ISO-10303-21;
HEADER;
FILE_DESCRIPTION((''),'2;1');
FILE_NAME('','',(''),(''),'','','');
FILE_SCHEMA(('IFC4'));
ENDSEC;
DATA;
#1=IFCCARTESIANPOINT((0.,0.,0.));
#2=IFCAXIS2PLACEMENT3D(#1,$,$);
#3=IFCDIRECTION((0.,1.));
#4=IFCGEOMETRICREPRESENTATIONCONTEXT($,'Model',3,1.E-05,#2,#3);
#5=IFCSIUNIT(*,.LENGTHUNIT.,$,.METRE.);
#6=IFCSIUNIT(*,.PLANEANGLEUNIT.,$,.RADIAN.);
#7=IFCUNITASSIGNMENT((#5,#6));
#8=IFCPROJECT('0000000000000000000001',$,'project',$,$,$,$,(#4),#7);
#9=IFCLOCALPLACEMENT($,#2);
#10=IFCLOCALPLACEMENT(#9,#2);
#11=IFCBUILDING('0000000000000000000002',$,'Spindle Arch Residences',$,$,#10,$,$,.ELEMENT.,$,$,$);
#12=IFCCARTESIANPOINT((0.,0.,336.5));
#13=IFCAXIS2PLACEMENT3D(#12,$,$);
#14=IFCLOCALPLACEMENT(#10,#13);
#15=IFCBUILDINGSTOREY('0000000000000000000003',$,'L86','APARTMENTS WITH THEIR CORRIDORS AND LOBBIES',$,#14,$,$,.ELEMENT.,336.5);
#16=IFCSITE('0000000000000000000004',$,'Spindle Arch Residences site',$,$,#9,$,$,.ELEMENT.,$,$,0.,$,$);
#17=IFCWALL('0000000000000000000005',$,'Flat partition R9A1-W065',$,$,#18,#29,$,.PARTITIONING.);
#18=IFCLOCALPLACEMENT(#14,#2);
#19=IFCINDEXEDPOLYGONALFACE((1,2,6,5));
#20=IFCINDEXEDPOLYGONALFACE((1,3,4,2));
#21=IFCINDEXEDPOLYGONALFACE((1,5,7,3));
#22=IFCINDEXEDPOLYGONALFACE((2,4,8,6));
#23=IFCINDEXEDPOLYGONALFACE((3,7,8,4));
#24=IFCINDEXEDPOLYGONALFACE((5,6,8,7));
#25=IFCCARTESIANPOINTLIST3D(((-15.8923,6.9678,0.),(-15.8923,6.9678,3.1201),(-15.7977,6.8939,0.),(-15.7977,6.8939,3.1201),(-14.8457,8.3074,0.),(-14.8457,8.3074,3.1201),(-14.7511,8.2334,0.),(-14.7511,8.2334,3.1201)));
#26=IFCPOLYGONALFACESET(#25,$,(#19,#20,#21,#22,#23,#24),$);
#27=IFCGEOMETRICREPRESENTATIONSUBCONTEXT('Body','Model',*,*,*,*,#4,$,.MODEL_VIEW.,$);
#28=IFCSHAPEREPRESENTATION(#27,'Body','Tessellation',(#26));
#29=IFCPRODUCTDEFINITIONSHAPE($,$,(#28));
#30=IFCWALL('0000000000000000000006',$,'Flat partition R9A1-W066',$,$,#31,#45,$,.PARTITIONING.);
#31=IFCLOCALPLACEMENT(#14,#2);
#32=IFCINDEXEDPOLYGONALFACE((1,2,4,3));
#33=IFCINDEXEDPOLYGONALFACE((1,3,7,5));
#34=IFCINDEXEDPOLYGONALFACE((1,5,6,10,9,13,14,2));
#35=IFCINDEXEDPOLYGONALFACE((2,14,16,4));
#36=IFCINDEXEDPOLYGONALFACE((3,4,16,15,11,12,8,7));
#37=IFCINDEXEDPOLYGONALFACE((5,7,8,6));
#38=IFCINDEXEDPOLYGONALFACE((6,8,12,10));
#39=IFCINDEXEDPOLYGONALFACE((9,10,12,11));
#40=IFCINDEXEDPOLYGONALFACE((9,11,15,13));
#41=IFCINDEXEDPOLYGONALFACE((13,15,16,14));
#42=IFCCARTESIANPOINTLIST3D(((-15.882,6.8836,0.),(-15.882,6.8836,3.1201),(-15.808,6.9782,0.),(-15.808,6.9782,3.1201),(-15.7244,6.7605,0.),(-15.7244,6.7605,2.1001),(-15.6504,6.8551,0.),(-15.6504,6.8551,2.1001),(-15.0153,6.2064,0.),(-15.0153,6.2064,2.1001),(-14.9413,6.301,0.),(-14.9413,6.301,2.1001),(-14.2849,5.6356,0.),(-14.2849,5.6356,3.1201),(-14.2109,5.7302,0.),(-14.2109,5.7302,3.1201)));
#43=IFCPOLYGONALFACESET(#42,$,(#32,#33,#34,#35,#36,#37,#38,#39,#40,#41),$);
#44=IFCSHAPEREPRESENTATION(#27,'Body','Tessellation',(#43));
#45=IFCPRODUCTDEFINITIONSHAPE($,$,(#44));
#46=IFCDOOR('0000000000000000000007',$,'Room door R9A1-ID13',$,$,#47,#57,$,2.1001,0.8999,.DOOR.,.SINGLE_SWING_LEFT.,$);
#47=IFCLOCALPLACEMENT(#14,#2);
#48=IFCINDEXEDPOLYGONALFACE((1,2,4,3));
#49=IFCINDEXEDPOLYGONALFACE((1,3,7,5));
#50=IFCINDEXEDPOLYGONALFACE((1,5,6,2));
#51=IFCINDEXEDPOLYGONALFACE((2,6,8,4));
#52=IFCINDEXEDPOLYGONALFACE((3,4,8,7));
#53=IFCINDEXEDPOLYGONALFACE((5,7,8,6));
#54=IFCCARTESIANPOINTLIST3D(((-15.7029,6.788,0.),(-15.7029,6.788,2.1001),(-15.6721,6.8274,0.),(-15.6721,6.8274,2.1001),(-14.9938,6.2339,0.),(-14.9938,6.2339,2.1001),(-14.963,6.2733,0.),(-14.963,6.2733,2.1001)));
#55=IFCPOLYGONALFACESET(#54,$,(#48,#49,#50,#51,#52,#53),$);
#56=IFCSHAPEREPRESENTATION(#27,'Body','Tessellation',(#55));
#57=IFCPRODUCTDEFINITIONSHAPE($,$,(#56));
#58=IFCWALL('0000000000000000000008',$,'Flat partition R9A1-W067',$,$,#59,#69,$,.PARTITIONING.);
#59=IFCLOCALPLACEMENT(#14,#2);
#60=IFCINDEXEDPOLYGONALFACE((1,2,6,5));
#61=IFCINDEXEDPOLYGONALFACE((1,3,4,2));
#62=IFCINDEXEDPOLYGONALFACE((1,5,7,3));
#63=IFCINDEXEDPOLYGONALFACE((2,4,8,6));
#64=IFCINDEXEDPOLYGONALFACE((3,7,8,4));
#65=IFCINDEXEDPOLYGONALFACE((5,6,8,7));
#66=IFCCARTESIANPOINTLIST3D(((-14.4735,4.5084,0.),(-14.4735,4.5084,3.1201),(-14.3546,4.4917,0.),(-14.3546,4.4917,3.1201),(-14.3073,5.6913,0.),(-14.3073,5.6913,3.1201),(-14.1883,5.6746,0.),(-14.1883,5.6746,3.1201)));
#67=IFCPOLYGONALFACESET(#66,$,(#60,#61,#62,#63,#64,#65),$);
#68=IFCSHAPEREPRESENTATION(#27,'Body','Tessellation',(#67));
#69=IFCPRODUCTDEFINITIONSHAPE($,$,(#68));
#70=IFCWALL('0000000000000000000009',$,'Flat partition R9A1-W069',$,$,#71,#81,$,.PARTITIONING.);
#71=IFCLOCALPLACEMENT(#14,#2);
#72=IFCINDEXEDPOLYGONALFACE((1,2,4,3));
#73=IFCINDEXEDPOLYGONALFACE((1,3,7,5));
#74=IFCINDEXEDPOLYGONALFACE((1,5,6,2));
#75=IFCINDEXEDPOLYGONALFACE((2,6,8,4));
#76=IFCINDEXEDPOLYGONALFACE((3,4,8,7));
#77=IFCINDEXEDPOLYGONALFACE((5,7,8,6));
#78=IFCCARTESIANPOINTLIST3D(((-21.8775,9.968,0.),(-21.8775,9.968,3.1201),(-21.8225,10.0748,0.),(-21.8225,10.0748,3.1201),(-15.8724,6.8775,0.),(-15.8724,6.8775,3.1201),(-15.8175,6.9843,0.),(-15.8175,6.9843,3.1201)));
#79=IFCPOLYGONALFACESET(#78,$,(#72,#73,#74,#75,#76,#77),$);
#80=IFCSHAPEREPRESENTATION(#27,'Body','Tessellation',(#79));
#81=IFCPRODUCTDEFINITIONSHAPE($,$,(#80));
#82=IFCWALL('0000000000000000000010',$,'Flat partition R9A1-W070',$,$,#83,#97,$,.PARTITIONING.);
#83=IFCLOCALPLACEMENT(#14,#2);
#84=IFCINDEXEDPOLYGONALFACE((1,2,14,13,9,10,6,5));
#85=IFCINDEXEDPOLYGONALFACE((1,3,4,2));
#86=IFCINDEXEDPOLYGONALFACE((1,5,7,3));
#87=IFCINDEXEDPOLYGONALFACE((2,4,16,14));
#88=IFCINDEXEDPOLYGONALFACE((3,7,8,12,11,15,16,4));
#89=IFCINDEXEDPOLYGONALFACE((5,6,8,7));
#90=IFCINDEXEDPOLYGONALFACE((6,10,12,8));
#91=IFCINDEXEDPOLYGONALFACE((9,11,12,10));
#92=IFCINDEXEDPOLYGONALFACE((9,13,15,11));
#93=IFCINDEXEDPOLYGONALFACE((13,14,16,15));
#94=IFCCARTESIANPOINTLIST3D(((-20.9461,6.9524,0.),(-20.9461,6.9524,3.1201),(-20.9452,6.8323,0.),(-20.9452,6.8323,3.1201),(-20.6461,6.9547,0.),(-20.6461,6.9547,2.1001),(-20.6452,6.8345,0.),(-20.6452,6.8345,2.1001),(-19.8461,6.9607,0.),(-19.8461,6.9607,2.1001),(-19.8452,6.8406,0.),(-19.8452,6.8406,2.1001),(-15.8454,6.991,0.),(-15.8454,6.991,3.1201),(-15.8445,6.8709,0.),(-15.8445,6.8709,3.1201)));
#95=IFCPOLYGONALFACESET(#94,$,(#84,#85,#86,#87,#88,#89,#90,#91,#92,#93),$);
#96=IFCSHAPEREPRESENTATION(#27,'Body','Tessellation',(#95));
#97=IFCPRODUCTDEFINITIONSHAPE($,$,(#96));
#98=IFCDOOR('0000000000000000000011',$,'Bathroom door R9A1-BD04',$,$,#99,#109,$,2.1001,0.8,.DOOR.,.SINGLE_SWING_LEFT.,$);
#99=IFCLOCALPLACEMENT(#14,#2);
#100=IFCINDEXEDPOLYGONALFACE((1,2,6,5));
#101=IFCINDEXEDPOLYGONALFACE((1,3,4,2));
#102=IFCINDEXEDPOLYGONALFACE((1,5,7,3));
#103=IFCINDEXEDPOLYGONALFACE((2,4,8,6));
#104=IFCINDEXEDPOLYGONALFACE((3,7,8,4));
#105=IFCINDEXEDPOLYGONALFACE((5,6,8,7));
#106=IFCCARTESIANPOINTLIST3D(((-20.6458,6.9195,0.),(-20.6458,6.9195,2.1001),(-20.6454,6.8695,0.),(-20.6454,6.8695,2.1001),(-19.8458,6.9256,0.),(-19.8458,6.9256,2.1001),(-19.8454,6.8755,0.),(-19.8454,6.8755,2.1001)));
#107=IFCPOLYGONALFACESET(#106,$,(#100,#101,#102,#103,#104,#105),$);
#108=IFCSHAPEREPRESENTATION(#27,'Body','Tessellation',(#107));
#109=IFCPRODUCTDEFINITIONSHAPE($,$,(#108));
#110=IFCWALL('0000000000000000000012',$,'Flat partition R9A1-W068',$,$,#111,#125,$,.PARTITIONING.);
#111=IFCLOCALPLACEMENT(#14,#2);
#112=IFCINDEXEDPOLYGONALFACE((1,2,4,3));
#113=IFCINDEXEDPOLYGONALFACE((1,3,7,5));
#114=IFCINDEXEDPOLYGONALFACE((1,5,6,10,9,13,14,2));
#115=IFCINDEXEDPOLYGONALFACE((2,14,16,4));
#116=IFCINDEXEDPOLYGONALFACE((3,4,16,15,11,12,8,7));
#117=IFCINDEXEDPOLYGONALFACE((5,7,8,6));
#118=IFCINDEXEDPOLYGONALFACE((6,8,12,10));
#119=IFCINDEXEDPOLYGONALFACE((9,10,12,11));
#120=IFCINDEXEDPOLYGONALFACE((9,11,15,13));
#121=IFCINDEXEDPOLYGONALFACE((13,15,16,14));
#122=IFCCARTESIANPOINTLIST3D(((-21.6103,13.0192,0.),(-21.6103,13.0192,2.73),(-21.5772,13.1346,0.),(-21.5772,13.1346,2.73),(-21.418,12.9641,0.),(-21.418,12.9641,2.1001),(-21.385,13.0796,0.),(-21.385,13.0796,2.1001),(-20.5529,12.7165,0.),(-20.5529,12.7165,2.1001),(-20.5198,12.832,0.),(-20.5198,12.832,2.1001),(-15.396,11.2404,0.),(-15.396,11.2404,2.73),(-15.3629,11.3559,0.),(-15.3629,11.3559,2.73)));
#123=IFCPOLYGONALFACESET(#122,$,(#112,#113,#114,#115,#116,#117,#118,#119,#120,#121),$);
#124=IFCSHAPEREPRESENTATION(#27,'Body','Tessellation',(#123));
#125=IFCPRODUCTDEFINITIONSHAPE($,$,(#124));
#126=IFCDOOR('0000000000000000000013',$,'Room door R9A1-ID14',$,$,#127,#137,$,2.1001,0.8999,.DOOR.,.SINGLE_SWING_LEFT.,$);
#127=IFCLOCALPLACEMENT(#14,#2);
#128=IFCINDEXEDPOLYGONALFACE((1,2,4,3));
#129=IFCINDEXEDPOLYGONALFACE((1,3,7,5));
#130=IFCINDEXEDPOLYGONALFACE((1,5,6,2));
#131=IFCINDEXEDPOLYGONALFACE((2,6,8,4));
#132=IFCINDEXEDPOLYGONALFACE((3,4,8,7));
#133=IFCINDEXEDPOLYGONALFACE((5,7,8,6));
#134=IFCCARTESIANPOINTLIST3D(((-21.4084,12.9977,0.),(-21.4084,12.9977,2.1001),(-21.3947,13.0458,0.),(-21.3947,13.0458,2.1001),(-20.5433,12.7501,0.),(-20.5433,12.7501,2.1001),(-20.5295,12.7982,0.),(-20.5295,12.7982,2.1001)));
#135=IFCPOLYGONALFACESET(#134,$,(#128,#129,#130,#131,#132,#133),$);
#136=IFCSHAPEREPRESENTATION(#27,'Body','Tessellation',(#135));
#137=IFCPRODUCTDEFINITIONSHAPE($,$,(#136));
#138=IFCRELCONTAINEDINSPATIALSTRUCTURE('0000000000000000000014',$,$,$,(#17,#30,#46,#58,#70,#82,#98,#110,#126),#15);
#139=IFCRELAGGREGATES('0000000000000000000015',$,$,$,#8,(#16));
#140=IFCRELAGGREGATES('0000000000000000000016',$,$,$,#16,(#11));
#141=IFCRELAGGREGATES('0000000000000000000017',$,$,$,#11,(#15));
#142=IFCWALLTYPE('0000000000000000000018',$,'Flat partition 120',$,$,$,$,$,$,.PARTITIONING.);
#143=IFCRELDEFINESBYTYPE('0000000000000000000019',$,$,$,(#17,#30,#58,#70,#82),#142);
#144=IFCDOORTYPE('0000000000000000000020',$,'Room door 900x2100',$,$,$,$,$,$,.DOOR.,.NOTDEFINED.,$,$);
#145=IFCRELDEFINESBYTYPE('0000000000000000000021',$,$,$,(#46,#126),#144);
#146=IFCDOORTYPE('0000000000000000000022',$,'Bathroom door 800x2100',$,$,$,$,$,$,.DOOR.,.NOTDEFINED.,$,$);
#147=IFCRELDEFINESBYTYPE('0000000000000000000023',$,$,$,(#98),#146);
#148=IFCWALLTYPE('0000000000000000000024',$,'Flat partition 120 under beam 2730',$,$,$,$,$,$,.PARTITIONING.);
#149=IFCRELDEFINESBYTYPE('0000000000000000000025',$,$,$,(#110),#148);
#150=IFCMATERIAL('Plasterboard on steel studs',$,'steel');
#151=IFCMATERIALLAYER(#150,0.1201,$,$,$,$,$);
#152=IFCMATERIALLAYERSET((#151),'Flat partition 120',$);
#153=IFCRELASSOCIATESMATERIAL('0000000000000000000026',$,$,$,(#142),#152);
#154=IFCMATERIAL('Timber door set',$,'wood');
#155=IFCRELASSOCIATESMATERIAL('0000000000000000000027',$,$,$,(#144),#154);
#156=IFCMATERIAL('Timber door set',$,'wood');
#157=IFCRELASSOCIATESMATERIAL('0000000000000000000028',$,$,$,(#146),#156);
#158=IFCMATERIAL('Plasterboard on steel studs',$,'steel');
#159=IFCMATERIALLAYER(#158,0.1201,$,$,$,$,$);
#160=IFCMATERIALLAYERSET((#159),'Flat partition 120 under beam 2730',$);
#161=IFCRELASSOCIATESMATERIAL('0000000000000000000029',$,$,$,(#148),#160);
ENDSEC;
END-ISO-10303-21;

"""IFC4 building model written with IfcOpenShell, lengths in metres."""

from ifc_helpers import new_model, si_unit, direction, frame, frame_2d, origin, place, context, subcontext, project, spatial, rectangle, extrude, material, layer, layer_set, type_object, element, fill, save


model = new_model("IFC4")

# Units and contexts
model_context = context("Model", 3, precision=1e-05, world=origin(), true_north=direction((0.0, 1.0)))
body_context = subcontext(model_context, "Body", "Model", "MODEL_VIEW")
ifc_project = project(units=[si_unit("LENGTHUNIT", "METRE"), si_unit("PLANEANGLEUNIT", "RADIAN")], contexts=[model_context])

# Site, building, storey
site_placement = place(None, origin())
site = spatial("IfcSite", under=ifc_project, at=site_placement, Name="Spindle Arch Residences site", CompositionType="ELEMENT", RefElevation=0.0)
building_placement = place(site_placement, origin())
building = spatial("IfcBuilding", under=site, at=building_placement, Name="Spindle Arch Residences", CompositionType="ELEMENT")
storey_placement = place(building_placement, frame((0.0, 0.0, 336.5)))
storey = spatial("IfcBuildingStorey", under=building, at=storey_placement, Name="L86", Description="APARTMENTS WITH THEIR CORRIDORS AND LOBBIES", CompositionType="ELEMENT", Elevation=336.5)

# Wall
ifc_material_1 = material(Name="Plasterboard on steel studs", Category="steel")
ifc_layer_1 = layer(ifc_material_1, 0.1201)
ifc_layer_set_1 = layer_set([ifc_layer_1], Name="Flat partition 120")
wall_type_1 = type_object("IfcWallType", Name="Flat partition 120", PredefinedType="PARTITIONING", material=ifc_layer_set_1)
wall_1_placement = place(storey_placement, frame((-14.7983, 8.2705, 0.0), z_axis=(0.0, 0.0, 1.0), x_axis=(-0.615669, -0.788005, 0.0)))
element("IfcWall", 1, at=wall_1_placement, inside=storey, type_object=wall_type_1, Name="Flat partition R9A1-W065", PredefinedType="PARTITIONING", context=body_context, shape_type="SweptSolid", body=[
    extrude(rectangle(XDim=1.7, YDim=0.1201, at=frame_2d((0.8501, 0.0))), origin(), (0.0, 0.0, 1.0), 3.1201),
])

# Wall, opening, door
wall_2_placement = place(storey_placement, frame((-15.845, 6.9309, 0.0), z_axis=(0.0, 0.0, 1.0), x_axis=(0.787962, -0.615724, 0.0)))
wall_2 = element("IfcWall", 2, at=wall_2_placement, inside=storey, type_object=wall_type_1, Name="Flat partition R9A1-W066", PredefinedType="PARTITIONING", context=body_context, shape_type="SweptSolid", body=[
    extrude(rectangle(XDim=2.0269, YDim=0.1201, at=frame_2d((1.0134, 0.0))), origin(), (0.0, 0.0, 1.0), 3.1201),
])
opening_1_placement = place(wall_2_placement, frame((0.2, 0.0, 0.0)))
opening_1 = element("IfcOpeningElement", 3, at=opening_1_placement, cuts=wall_2, PredefinedType="OPENING", context=body_context, shape_type="SweptSolid", body=[
    extrude(rectangle(XDim=0.8999, YDim=2.1001, at=frame_2d((0.45, 1.05))), frame((0.0, 0.0701, 0.0), z_axis=(0.0, -1.0, 0.0), x_axis=(1.0, 0.0, 0.0)), (0.0, 0.0, 1.0), 0.1401),
])
ifc_material_2 = material(Name="Timber door set", Category="wood")
door_type_1 = type_object("IfcDoorType", Name="Room door 900x2100", OperationType="NOTDEFINED", PredefinedType="DOOR", material=ifc_material_2)
door_1_placement = place(opening_1_placement, origin())
door_1 = element("IfcDoor", 4, at=door_1_placement, inside=storey, type_object=door_type_1, Name="Room door R9A1-ID13", OperationType="SINGLE_SWING_LEFT", OverallHeight=2.1001, OverallWidth=0.8999, PredefinedType="DOOR", context=body_context, shape_type="SweptSolid", body=[
    extrude(rectangle(XDim=0.8999, YDim=2.1001, at=frame_2d((0.45, 1.05))), frame((0.0, 0.0249, 0.0), z_axis=(0.0, -1.0, 0.0), x_axis=(1.0, 0.0, 0.0)), (0.0, 0.0, 1.0), 0.05),
])
fill(opening_1, door_1)

# Walls
wall_3_placement = place(storey_placement, frame((-14.2478, 5.6829, 0.0), z_axis=(0.0, 0.0, 1.0), x_axis=(-0.139189, -0.990266, 0.0)))
element("IfcWall", 5, at=wall_3_placement, inside=storey, type_object=wall_type_1, Name="Flat partition R9A1-W067", PredefinedType="PARTITIONING", context=body_context, shape_type="SweptSolid", body=[
    extrude(rectangle(XDim=1.1946, YDim=0.1201, at=frame_2d((0.5972, 0.0))), origin(), (0.0, 0.0, 1.0), 3.1201),
])
wall_4_placement = place(storey_placement, frame((-21.8501, 10.0215, 0.0), z_axis=(0.0, 0.0, 1.0), x_axis=(0.889154, -0.457609, 0.0)))
element("IfcWall", 6, at=wall_4_placement, inside=storey, type_object=wall_type_1, Name="Flat partition R9A1-W069", PredefinedType="PARTITIONING", context=body_context, shape_type="SweptSolid", body=[
    extrude(rectangle(XDim=6.7537, YDim=0.1201, at=frame_2d((3.377, 0.0))), origin(), (0.0, 0.0, 1.0), 3.1201),
])

# Walls, openings, doors
wall_5_placement = place(storey_placement, frame((-20.9456, 6.8923, 0.0), z_axis=(0.0, 0.0, 1.0), x_axis=(0.999971, 0.007562, 0.0)))
wall_5 = element("IfcWall", 7, at=wall_5_placement, inside=storey, type_object=wall_type_1, Name="Flat partition R9A1-W070", PredefinedType="PARTITIONING", context=body_context, shape_type="SweptSolid", body=[
    extrude(rectangle(XDim=5.1008, YDim=0.1201, at=frame_2d((2.5503, 0.0))), origin(), (0.0, 0.0, 1.0), 3.1201),
])
opening_2_placement = place(wall_5_placement, frame((0.3, 0.0, 0.0)))
opening_2 = element("IfcOpeningElement", 8, at=opening_2_placement, cuts=wall_5, PredefinedType="OPENING", context=body_context, shape_type="SweptSolid", body=[
    extrude(rectangle(XDim=0.8, YDim=2.1001, at=frame_2d((0.3999, 1.05))), frame((0.0, 0.0701, 0.0), z_axis=(0.0, -1.0, 0.0), x_axis=(1.0, 0.0, 0.0)), (0.0, 0.0, 1.0), 0.1401),
])
ifc_material_3 = material(Name="Timber door set", Category="wood")
door_type_2 = type_object("IfcDoorType", Name="Bathroom door 800x2100", OperationType="NOTDEFINED", PredefinedType="DOOR", material=ifc_material_3)
door_2_placement = place(opening_2_placement, origin())
door_2 = element("IfcDoor", 9, at=door_2_placement, inside=storey, type_object=door_type_2, Name="Bathroom door R9A1-BD04", OperationType="SINGLE_SWING_LEFT", OverallHeight=2.1001, OverallWidth=0.8, PredefinedType="DOOR", context=body_context, shape_type="SweptSolid", body=[
    extrude(rectangle(XDim=0.8, YDim=2.1001, at=frame_2d((0.3999, 1.05))), frame((0.0, 0.0249, 0.0), z_axis=(0.0, -1.0, 0.0), x_axis=(1.0, 0.0, 0.0)), (0.0, 0.0, 1.0), 0.05),
])
fill(opening_2, door_2)
ifc_material_4 = material(Name="Plasterboard on steel studs", Category="steel")
ifc_layer_2 = layer(ifc_material_4, 0.1201)
ifc_layer_set_2 = layer_set([ifc_layer_2], Name="Flat partition 120 under beam 2730")
wall_type_2 = type_object("IfcWallType", Name="Flat partition 120 under beam 2730", PredefinedType="PARTITIONING", material=ifc_layer_set_2)
wall_6_placement = place(storey_placement, frame((-21.5938, 13.0769, 0.0), z_axis=(0.0, 0.0, 1.0), x_axis=(0.96139, -0.27519, 0.0)))
wall_6 = element("IfcWall", 10, at=wall_6_placement, inside=storey, type_object=wall_type_2, Name="Flat partition R9A1-W068", PredefinedType="PARTITIONING", context=body_context, shape_type="SweptSolid", body=[
    extrude(rectangle(XDim=6.4639, YDim=0.1201, at=frame_2d((3.2319, 0.0))), origin(), (0.0, 0.0, 1.0), 2.73),
])
opening_3_placement = place(wall_6_placement, frame((0.2, 0.0, 0.0)))
opening_3 = element("IfcOpeningElement", 11, at=opening_3_placement, cuts=wall_6, PredefinedType="OPENING", context=body_context, shape_type="SweptSolid", body=[
    extrude(rectangle(XDim=0.8999, YDim=2.1001, at=frame_2d((0.45, 1.05))), frame((0.0, 0.0701, 0.0), z_axis=(0.0, -1.0, 0.0), x_axis=(1.0, 0.0, 0.0)), (0.0, 0.0, 1.0), 0.1401),
])
door_3_placement = place(opening_3_placement, origin())
door_3 = element("IfcDoor", 12, at=door_3_placement, inside=storey, type_object=door_type_1, Name="Room door R9A1-ID14", OperationType="SINGLE_SWING_LEFT", OverallHeight=2.1001, OverallWidth=0.8999, PredefinedType="DOOR", context=body_context, shape_type="SweptSolid", body=[
    extrude(rectangle(XDim=0.8999, YDim=2.1001, at=frame_2d((0.45, 1.05))), frame((0.0, 0.0249, 0.0), z_axis=(0.0, -1.0, 0.0), x_axis=(1.0, 0.0, 0.0)), (0.0, 0.0, 1.0), 0.05),
])
fill(opening_3, door_3)

save(model, "model.ifc")
